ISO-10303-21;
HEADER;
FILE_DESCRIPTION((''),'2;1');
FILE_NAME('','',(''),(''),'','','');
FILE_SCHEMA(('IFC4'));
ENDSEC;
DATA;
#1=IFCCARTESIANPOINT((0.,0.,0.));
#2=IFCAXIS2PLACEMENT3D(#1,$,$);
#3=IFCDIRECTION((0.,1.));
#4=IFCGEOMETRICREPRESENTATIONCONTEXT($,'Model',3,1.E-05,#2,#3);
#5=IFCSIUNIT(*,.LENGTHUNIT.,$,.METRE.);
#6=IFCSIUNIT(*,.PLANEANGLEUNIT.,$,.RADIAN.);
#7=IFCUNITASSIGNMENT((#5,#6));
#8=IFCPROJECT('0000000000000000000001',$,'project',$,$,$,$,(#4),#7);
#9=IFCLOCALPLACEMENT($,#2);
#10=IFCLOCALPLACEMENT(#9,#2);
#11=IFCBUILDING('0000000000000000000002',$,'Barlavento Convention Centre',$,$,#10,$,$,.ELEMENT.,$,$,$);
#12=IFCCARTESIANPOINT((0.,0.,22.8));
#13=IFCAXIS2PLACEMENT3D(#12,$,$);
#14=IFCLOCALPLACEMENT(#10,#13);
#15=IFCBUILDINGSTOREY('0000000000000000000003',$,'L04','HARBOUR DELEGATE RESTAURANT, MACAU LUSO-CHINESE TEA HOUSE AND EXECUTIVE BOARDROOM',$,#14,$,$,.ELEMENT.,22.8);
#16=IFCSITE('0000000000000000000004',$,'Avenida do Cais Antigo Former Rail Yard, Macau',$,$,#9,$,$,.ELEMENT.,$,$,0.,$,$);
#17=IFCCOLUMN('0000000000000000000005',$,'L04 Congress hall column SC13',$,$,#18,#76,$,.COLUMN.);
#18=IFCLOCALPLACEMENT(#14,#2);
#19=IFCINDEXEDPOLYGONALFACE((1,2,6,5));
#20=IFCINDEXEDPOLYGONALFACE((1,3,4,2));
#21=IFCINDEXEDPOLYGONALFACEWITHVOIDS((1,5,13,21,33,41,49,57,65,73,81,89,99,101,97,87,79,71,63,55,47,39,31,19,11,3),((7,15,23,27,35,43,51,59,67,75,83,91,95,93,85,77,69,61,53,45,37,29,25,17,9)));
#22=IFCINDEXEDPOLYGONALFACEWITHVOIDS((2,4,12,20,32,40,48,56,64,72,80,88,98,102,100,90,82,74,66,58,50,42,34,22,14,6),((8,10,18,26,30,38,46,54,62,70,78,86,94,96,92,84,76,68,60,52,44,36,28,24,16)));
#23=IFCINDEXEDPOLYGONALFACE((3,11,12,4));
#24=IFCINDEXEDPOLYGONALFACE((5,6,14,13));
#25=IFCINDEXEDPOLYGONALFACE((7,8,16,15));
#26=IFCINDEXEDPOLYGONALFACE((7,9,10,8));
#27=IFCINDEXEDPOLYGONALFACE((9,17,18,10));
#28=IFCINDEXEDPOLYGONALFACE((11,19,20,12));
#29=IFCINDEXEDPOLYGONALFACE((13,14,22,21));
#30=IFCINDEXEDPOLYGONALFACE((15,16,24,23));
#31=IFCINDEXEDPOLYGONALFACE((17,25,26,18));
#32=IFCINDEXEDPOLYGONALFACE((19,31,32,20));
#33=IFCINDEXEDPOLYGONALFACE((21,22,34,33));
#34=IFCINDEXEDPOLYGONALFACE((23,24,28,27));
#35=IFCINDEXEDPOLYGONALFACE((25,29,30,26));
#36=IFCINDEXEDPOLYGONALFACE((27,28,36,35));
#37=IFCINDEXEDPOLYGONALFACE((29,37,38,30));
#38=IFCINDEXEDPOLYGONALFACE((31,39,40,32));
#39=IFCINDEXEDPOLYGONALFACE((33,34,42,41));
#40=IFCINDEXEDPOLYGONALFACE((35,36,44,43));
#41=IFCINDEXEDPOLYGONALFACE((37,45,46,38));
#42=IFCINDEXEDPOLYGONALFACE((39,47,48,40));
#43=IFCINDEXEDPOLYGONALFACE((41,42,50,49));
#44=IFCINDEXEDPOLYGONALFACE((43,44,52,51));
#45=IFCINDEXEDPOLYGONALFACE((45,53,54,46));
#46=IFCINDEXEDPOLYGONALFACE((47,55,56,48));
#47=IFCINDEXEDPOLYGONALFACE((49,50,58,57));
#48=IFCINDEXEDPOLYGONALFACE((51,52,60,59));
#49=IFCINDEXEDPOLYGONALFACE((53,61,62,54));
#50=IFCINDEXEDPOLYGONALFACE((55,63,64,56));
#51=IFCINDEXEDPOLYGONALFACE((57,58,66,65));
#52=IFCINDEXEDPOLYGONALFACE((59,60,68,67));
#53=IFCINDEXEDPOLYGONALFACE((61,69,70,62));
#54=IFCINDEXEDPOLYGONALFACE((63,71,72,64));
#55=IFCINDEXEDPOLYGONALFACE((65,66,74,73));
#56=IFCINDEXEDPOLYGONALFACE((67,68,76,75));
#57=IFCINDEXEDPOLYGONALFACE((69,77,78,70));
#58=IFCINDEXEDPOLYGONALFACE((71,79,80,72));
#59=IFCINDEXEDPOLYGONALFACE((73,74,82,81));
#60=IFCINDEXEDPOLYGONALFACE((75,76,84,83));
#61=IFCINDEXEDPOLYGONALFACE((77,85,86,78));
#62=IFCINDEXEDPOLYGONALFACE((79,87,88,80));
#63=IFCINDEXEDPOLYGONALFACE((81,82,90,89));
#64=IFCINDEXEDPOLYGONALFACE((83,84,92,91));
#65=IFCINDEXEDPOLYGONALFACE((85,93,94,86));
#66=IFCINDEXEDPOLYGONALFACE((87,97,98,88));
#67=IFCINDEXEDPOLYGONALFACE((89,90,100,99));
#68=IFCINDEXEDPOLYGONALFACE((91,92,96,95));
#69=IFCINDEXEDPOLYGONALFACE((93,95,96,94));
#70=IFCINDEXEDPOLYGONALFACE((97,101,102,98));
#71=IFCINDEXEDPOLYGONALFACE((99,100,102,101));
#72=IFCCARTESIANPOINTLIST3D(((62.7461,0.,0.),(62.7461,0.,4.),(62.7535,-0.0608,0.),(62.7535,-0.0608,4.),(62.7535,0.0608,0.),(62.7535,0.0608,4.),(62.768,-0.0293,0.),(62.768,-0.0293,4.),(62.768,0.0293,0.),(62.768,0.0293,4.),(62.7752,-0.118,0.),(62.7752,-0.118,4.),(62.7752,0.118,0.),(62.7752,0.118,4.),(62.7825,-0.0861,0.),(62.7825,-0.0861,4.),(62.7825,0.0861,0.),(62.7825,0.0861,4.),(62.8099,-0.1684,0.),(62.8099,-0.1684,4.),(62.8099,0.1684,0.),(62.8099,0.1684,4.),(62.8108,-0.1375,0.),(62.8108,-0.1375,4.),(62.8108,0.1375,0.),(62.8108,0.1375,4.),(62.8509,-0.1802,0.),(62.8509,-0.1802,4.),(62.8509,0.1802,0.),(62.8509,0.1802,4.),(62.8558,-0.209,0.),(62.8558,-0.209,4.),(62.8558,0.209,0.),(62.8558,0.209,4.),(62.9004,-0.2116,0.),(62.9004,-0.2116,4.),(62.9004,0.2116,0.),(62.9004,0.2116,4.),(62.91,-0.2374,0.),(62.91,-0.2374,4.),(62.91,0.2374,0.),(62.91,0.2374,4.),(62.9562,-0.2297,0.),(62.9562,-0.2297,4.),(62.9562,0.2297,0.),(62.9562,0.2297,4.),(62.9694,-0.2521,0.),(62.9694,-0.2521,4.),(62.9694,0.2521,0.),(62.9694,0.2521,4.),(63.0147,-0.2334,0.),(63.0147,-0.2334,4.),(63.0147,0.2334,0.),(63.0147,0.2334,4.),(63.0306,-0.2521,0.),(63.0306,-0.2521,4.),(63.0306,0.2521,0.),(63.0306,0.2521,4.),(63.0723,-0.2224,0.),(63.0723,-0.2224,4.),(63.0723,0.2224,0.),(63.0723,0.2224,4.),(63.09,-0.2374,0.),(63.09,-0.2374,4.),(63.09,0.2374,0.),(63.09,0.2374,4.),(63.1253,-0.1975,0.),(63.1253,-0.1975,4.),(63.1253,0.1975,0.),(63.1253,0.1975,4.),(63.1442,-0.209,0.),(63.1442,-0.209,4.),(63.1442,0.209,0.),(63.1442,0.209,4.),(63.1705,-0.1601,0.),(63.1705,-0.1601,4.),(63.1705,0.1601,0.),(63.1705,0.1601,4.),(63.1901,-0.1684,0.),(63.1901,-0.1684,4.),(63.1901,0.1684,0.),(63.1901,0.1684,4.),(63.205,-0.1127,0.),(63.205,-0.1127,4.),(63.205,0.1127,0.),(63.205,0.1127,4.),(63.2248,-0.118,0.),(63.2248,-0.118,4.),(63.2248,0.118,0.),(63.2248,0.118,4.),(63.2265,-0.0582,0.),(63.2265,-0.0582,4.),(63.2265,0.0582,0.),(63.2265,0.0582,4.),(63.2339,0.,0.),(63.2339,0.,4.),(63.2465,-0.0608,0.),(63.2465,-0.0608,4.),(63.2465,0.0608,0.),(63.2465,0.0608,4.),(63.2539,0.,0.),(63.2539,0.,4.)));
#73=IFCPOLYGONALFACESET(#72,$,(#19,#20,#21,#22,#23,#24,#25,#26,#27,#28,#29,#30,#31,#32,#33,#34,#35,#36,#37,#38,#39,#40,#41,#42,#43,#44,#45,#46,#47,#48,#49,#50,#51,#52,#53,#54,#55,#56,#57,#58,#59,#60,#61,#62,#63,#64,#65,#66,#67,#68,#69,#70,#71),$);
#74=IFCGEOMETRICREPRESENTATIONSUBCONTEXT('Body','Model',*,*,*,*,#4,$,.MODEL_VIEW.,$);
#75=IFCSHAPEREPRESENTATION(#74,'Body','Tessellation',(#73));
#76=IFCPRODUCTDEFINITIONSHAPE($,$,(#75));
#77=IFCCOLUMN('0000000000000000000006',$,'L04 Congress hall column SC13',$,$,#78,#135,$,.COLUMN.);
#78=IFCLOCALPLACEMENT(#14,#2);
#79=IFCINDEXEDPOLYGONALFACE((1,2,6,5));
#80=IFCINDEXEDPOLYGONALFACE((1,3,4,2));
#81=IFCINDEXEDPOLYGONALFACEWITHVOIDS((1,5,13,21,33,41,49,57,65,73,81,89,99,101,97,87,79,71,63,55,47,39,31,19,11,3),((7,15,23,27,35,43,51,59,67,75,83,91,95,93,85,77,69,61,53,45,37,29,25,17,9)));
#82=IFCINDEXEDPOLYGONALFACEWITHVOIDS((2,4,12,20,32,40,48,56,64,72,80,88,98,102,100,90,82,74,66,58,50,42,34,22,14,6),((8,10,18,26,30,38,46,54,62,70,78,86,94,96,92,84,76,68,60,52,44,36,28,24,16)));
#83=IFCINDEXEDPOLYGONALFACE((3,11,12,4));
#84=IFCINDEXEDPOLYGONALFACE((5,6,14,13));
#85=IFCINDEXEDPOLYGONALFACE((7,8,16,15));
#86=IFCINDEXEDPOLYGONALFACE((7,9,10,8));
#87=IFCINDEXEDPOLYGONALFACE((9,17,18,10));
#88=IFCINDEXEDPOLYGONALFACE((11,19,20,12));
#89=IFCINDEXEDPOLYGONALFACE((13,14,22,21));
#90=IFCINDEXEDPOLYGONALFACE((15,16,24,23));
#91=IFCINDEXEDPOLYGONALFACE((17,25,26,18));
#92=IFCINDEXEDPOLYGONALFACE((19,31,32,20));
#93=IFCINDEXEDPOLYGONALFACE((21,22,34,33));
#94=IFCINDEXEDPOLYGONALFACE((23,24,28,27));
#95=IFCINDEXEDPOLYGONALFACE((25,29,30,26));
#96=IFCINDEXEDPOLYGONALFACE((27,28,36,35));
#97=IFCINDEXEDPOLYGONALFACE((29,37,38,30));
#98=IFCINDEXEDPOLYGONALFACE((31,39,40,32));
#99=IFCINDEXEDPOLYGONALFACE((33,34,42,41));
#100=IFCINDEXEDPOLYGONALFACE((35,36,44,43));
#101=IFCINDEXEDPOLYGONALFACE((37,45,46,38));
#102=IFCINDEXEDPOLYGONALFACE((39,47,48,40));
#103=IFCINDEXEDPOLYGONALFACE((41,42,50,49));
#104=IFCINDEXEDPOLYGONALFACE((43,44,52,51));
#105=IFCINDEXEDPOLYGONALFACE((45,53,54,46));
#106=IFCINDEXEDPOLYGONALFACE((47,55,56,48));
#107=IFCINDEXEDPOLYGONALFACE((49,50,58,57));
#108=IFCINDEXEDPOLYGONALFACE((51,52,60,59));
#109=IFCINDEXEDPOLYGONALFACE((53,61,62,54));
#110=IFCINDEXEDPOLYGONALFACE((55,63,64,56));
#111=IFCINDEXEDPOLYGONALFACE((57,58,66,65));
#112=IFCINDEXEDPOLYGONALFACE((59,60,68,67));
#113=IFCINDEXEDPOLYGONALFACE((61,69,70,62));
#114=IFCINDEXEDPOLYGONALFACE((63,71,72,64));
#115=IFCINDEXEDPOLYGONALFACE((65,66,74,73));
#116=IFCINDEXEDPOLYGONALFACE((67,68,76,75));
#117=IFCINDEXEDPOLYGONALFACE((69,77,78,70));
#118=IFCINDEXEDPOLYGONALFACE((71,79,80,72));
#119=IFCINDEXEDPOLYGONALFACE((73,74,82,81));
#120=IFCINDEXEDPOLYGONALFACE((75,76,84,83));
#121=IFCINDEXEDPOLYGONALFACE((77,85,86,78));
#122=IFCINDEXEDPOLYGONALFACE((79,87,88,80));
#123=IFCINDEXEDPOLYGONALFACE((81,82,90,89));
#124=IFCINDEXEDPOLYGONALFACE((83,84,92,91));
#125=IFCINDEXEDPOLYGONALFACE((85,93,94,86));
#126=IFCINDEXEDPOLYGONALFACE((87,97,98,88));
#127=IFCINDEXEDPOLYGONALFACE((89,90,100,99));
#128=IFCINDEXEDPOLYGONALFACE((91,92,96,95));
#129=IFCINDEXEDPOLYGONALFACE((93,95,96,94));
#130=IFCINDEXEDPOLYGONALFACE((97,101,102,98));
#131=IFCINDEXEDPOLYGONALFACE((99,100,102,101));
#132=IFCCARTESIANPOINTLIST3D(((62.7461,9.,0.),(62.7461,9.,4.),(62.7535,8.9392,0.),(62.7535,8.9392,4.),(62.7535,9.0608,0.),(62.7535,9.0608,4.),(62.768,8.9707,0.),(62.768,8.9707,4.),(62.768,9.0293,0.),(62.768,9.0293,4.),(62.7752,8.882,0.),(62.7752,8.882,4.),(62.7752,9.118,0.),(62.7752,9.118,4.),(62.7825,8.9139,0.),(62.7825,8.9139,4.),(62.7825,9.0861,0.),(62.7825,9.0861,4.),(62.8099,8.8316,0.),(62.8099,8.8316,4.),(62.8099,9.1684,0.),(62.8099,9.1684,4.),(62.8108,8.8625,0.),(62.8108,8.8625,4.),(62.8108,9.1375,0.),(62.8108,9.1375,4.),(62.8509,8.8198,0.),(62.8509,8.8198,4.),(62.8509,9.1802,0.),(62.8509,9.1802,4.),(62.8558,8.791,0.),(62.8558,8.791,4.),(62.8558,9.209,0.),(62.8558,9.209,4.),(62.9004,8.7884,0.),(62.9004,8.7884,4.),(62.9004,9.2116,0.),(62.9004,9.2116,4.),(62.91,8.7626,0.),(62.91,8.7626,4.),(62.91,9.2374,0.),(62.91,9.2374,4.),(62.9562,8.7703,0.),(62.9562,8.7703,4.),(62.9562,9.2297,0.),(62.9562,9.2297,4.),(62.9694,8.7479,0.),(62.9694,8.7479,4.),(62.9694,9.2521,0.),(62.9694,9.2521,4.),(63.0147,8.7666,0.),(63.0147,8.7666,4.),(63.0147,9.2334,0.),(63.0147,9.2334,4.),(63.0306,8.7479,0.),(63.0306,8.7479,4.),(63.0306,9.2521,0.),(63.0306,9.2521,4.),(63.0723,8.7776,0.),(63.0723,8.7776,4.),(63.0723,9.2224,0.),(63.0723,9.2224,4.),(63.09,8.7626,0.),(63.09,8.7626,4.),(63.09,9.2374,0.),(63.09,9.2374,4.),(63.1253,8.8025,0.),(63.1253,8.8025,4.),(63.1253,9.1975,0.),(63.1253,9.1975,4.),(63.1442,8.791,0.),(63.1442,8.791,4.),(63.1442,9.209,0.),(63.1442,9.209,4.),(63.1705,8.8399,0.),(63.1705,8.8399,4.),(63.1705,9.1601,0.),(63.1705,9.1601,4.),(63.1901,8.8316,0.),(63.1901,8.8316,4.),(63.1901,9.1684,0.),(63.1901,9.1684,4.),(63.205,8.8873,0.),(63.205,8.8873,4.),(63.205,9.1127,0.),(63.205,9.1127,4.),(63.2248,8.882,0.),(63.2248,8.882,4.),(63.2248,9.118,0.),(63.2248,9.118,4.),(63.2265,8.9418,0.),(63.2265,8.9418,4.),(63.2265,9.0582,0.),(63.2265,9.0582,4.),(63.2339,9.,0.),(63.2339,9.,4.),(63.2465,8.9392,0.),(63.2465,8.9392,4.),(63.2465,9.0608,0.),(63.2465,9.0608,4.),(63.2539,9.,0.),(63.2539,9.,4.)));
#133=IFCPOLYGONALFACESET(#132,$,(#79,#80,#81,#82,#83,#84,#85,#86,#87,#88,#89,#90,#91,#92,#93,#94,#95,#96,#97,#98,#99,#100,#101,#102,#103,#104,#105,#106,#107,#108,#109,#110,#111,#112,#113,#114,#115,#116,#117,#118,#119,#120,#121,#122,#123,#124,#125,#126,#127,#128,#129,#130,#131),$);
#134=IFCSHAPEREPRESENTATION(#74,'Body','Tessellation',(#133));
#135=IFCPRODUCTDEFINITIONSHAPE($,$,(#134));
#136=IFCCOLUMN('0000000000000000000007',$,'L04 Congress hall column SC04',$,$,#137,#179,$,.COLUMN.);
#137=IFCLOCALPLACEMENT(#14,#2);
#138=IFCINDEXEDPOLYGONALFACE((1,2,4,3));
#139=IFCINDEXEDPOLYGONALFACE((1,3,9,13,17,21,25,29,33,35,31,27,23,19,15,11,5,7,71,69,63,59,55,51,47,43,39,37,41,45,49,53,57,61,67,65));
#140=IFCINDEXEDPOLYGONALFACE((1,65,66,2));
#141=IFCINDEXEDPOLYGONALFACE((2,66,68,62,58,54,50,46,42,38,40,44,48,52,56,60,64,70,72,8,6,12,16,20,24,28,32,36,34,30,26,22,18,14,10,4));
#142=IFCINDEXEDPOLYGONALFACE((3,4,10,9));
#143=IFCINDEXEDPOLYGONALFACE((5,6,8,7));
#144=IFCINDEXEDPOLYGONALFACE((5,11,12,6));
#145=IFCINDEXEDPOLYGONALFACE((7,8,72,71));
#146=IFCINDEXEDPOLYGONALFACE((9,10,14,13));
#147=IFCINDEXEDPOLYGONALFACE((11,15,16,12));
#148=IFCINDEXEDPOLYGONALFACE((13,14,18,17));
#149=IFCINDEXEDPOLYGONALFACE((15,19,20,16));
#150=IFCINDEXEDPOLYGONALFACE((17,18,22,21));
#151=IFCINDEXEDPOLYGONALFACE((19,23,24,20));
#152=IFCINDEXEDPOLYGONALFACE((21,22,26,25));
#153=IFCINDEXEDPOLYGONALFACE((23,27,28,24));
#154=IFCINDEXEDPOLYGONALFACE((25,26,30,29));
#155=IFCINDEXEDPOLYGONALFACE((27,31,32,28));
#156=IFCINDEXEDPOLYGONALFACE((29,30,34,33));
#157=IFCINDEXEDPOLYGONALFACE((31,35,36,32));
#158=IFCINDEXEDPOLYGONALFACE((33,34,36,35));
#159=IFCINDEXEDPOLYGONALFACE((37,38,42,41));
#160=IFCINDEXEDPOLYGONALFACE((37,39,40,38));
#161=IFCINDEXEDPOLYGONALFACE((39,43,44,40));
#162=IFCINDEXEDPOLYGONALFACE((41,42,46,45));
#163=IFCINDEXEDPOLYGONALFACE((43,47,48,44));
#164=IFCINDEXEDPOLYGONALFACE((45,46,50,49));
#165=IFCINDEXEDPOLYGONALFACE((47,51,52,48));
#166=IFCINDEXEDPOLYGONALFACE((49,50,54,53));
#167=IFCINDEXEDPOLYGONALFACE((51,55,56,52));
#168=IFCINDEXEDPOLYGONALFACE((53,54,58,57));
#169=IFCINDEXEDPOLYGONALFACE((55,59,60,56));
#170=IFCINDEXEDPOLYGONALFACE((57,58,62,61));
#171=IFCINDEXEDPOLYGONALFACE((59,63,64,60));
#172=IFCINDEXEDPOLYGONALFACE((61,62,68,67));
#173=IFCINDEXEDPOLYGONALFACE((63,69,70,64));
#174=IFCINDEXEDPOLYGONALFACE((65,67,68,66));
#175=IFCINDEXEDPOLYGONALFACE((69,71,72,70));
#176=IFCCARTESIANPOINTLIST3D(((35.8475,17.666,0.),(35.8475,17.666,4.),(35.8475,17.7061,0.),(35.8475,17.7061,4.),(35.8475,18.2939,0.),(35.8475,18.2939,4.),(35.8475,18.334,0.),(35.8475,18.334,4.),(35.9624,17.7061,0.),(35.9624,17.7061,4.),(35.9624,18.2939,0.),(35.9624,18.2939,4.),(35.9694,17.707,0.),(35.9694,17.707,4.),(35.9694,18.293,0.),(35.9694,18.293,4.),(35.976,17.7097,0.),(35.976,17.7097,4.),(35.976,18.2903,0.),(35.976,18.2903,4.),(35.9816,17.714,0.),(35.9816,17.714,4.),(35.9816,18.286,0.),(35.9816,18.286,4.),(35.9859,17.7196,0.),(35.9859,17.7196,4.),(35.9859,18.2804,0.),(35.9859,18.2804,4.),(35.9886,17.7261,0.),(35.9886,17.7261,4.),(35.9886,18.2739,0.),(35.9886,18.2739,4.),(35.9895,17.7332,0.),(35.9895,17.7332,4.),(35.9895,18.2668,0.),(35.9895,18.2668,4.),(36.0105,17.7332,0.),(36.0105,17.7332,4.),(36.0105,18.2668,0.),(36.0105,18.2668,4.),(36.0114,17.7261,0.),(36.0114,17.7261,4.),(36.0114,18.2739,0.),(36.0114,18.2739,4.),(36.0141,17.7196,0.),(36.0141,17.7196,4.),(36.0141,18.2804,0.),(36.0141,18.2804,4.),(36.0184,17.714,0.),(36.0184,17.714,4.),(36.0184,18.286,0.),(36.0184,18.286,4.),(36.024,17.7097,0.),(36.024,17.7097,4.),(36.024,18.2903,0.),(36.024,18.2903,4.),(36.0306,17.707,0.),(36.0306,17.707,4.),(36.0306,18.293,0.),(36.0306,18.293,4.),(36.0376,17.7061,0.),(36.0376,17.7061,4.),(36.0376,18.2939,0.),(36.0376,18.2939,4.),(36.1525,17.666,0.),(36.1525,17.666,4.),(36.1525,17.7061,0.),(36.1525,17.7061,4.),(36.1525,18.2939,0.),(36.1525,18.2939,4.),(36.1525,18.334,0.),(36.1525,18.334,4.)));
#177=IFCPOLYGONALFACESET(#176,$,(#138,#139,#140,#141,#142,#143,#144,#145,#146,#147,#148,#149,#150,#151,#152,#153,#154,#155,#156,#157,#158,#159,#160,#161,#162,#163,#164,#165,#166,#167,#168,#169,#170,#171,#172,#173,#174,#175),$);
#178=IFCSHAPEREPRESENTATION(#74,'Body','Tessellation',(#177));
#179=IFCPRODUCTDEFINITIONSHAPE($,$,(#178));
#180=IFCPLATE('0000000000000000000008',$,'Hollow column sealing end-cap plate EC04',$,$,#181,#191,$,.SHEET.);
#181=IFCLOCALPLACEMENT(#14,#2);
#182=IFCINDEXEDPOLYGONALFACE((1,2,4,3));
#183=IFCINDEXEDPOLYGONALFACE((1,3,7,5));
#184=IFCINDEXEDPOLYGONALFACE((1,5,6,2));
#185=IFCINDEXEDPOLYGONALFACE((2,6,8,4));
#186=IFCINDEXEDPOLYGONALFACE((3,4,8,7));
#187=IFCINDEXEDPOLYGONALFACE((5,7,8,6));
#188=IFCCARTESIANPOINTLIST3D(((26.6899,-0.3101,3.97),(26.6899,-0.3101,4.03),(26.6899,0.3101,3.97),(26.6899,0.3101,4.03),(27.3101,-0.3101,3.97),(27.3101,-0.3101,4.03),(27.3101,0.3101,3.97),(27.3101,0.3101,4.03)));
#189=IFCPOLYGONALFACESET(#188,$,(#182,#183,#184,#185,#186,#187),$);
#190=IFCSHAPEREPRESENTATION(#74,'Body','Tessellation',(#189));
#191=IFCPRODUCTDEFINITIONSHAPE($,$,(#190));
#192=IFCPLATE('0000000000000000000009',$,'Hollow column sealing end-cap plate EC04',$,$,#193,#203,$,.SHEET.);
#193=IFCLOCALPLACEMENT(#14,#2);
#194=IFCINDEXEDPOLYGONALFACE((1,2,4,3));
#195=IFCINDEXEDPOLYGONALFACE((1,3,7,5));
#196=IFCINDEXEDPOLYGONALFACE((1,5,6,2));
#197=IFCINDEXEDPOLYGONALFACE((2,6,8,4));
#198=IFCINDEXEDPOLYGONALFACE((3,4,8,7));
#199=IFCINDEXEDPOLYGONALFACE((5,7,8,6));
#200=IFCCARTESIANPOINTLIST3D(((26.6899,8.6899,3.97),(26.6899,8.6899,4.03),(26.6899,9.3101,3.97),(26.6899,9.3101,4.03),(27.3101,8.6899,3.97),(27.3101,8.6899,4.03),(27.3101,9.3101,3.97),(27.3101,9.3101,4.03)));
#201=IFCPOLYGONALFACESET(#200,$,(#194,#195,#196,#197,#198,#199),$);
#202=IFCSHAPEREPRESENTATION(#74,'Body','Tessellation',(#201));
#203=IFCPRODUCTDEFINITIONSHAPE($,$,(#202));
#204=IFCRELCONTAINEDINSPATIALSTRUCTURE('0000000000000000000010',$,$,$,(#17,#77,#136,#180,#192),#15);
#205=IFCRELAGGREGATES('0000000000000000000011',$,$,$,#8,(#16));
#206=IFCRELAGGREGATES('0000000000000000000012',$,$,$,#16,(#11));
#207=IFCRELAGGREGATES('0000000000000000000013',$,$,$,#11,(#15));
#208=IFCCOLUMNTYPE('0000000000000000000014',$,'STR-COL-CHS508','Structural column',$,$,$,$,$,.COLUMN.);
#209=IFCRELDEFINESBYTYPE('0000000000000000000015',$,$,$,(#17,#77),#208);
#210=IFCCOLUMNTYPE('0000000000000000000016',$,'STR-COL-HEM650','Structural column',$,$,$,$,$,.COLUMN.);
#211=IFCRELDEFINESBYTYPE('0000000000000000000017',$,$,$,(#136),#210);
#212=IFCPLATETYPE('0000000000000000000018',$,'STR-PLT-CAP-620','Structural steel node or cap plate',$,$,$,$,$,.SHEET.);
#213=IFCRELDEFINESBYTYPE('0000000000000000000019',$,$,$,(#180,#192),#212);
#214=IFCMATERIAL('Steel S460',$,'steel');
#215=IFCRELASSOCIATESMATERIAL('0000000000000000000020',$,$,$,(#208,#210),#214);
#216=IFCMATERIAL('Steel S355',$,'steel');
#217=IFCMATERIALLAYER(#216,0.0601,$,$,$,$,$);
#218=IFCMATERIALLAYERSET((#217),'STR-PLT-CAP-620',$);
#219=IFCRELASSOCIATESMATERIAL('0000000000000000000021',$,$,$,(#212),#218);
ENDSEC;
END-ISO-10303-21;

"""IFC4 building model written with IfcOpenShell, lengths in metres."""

from ifc_helpers import new_model, si_unit, direction, frame, origin, origin_2d, place, context, subcontext, project, spatial, rectangle, hollow_circle, i_section, extrude, material, layer, layer_set, material_profile, profile_set, type_object, element, save


model = new_model("IFC4")

# Units and contexts
model_context = context("Model", 3, precision=1e-05, world=origin(), true_north=direction((0.0, 1.0)))
body_context = subcontext(model_context, "Body", "Model", "MODEL_VIEW")
ifc_project = project(units=[si_unit("LENGTHUNIT", "METRE"), si_unit("PLANEANGLEUNIT", "RADIAN")], contexts=[model_context])

# Site, building, storey
site_placement = place(None, origin())
site = spatial("IfcSite", under=ifc_project, at=site_placement, Name="Avenida do Cais Antigo Former Rail Yard, Macau", CompositionType="ELEMENT", RefElevation=0.0)
building_placement = place(site_placement, origin())
building = spatial("IfcBuilding", under=site, at=building_placement, Name="Barlavento Convention Centre", CompositionType="ELEMENT")
storey_placement = place(building_placement, frame((0.0, 0.0, 22.8)))
storey = spatial("IfcBuildingStorey", under=building, at=storey_placement, Name="L04", Description="HARBOUR DELEGATE RESTAURANT, MACAU LUSO-CHINESE TEA HOUSE AND EXECUTIVE BOARDROOM", CompositionType="ELEMENT", Elevation=22.8)

# Columns
ifc_material_1 = material(Name="Steel S355", Category="steel")
ifc_material_2 = material(Name="Steel S460", Category="steel")
ifc_material_profile_1 = material_profile(ifc_material_2, hollow_circle(Radius=0.2539, WallThickness=0.02, at=origin_2d()), Name="CHS 508.0x20.0")
ifc_profile_set_1 = profile_set([ifc_material_profile_1], Name="Steel S460")
column_type_1 = type_object("IfcColumnType", Name="STR-COL-CHS508", Description="Structural column", PredefinedType="COLUMN", material=ifc_profile_set_1)
for number, where, z_axis, x_axis, name in (
    (1, (63.0, 0.0, 0.0), (0.0, 0.0, 1.0), (1.0, 0.0, 0.0), "L04 Congress hall column SC13"),
    (2, (63.0, 9.0, 0.0), (0.0, 0.0, 1.0), (1.0, 0.0, 0.0), "L04 Congress hall column SC13"),
):
    element("IfcColumn", number, at=place(storey_placement, frame(where, z_axis=z_axis, x_axis=x_axis)), inside=storey, type_object=column_type_1, Name=name, PredefinedType="COLUMN", context=body_context, shape_type="SweptSolid", body=[
        extrude(hollow_circle(Radius=0.2539, WallThickness=0.02, at=origin_2d()), origin(), (0.0, 0.0, 1.0), 4.0),
    ])
ifc_material_profile_2 = material_profile(ifc_material_2, i_section(OverallWidth=0.3049, OverallDepth=0.668, WebThickness=0.021, FlangeThickness=0.04, FilletRadius=0.0271, at=origin_2d()), Name="HEM 650")
ifc_profile_set_2 = profile_set([ifc_material_profile_2], Name="Steel S460")
column_type_2 = type_object("IfcColumnType", Name="STR-COL-HEM650", Description="Structural column", PredefinedType="COLUMN", material=ifc_profile_set_2)
column_1_placement = place(storey_placement, frame((36.0, 18.0, 0.0), z_axis=(0.0, 0.0, 1.0), x_axis=(1.0, 0.0, 0.0)))
element("IfcColumn", 3, at=column_1_placement, inside=storey, type_object=column_type_2, Name="L04 Congress hall column SC04", PredefinedType="COLUMN", context=body_context, shape_type="SweptSolid", body=[
    extrude(i_section(OverallWidth=0.3049, OverallDepth=0.668, WebThickness=0.021, FlangeThickness=0.04, FilletRadius=0.0271, at=origin_2d()), origin(), (0.0, 0.0, 1.0), 4.0),
])

# Plates
ifc_layer = layer(ifc_material_1, 0.0601)
ifc_layer_set = layer_set([ifc_layer], Name="STR-PLT-CAP-620")
plate_type = type_object("IfcPlateType", Name="STR-PLT-CAP-620", Description="Structural steel node or cap plate", PredefinedType="SHEET", material=ifc_layer_set)
for number, where, z_axis, x_axis, name in (
    (4, (27.0, 0.0, 3.97), (0.0, 0.0, 1.0), (1.0, 0.0, 0.0), "Hollow column sealing end-cap plate EC04"),
    (5, (27.0, 9.0, 3.97), (0.0, 0.0, 1.0), (1.0, 0.0, 0.0), "Hollow column sealing end-cap plate EC04"),
):
    element("IfcPlate", number, at=place(storey_placement, frame(where, z_axis=z_axis, x_axis=x_axis)), inside=storey, type_object=plate_type, Name=name, PredefinedType="SHEET", context=body_context, shape_type="SweptSolid", body=[
        extrude(rectangle(XDim=0.6201, YDim=0.6201, at=origin_2d()), origin(), (0.0, 0.0, 1.0), 0.0601),
    ])

save(model, "model.ifc")
